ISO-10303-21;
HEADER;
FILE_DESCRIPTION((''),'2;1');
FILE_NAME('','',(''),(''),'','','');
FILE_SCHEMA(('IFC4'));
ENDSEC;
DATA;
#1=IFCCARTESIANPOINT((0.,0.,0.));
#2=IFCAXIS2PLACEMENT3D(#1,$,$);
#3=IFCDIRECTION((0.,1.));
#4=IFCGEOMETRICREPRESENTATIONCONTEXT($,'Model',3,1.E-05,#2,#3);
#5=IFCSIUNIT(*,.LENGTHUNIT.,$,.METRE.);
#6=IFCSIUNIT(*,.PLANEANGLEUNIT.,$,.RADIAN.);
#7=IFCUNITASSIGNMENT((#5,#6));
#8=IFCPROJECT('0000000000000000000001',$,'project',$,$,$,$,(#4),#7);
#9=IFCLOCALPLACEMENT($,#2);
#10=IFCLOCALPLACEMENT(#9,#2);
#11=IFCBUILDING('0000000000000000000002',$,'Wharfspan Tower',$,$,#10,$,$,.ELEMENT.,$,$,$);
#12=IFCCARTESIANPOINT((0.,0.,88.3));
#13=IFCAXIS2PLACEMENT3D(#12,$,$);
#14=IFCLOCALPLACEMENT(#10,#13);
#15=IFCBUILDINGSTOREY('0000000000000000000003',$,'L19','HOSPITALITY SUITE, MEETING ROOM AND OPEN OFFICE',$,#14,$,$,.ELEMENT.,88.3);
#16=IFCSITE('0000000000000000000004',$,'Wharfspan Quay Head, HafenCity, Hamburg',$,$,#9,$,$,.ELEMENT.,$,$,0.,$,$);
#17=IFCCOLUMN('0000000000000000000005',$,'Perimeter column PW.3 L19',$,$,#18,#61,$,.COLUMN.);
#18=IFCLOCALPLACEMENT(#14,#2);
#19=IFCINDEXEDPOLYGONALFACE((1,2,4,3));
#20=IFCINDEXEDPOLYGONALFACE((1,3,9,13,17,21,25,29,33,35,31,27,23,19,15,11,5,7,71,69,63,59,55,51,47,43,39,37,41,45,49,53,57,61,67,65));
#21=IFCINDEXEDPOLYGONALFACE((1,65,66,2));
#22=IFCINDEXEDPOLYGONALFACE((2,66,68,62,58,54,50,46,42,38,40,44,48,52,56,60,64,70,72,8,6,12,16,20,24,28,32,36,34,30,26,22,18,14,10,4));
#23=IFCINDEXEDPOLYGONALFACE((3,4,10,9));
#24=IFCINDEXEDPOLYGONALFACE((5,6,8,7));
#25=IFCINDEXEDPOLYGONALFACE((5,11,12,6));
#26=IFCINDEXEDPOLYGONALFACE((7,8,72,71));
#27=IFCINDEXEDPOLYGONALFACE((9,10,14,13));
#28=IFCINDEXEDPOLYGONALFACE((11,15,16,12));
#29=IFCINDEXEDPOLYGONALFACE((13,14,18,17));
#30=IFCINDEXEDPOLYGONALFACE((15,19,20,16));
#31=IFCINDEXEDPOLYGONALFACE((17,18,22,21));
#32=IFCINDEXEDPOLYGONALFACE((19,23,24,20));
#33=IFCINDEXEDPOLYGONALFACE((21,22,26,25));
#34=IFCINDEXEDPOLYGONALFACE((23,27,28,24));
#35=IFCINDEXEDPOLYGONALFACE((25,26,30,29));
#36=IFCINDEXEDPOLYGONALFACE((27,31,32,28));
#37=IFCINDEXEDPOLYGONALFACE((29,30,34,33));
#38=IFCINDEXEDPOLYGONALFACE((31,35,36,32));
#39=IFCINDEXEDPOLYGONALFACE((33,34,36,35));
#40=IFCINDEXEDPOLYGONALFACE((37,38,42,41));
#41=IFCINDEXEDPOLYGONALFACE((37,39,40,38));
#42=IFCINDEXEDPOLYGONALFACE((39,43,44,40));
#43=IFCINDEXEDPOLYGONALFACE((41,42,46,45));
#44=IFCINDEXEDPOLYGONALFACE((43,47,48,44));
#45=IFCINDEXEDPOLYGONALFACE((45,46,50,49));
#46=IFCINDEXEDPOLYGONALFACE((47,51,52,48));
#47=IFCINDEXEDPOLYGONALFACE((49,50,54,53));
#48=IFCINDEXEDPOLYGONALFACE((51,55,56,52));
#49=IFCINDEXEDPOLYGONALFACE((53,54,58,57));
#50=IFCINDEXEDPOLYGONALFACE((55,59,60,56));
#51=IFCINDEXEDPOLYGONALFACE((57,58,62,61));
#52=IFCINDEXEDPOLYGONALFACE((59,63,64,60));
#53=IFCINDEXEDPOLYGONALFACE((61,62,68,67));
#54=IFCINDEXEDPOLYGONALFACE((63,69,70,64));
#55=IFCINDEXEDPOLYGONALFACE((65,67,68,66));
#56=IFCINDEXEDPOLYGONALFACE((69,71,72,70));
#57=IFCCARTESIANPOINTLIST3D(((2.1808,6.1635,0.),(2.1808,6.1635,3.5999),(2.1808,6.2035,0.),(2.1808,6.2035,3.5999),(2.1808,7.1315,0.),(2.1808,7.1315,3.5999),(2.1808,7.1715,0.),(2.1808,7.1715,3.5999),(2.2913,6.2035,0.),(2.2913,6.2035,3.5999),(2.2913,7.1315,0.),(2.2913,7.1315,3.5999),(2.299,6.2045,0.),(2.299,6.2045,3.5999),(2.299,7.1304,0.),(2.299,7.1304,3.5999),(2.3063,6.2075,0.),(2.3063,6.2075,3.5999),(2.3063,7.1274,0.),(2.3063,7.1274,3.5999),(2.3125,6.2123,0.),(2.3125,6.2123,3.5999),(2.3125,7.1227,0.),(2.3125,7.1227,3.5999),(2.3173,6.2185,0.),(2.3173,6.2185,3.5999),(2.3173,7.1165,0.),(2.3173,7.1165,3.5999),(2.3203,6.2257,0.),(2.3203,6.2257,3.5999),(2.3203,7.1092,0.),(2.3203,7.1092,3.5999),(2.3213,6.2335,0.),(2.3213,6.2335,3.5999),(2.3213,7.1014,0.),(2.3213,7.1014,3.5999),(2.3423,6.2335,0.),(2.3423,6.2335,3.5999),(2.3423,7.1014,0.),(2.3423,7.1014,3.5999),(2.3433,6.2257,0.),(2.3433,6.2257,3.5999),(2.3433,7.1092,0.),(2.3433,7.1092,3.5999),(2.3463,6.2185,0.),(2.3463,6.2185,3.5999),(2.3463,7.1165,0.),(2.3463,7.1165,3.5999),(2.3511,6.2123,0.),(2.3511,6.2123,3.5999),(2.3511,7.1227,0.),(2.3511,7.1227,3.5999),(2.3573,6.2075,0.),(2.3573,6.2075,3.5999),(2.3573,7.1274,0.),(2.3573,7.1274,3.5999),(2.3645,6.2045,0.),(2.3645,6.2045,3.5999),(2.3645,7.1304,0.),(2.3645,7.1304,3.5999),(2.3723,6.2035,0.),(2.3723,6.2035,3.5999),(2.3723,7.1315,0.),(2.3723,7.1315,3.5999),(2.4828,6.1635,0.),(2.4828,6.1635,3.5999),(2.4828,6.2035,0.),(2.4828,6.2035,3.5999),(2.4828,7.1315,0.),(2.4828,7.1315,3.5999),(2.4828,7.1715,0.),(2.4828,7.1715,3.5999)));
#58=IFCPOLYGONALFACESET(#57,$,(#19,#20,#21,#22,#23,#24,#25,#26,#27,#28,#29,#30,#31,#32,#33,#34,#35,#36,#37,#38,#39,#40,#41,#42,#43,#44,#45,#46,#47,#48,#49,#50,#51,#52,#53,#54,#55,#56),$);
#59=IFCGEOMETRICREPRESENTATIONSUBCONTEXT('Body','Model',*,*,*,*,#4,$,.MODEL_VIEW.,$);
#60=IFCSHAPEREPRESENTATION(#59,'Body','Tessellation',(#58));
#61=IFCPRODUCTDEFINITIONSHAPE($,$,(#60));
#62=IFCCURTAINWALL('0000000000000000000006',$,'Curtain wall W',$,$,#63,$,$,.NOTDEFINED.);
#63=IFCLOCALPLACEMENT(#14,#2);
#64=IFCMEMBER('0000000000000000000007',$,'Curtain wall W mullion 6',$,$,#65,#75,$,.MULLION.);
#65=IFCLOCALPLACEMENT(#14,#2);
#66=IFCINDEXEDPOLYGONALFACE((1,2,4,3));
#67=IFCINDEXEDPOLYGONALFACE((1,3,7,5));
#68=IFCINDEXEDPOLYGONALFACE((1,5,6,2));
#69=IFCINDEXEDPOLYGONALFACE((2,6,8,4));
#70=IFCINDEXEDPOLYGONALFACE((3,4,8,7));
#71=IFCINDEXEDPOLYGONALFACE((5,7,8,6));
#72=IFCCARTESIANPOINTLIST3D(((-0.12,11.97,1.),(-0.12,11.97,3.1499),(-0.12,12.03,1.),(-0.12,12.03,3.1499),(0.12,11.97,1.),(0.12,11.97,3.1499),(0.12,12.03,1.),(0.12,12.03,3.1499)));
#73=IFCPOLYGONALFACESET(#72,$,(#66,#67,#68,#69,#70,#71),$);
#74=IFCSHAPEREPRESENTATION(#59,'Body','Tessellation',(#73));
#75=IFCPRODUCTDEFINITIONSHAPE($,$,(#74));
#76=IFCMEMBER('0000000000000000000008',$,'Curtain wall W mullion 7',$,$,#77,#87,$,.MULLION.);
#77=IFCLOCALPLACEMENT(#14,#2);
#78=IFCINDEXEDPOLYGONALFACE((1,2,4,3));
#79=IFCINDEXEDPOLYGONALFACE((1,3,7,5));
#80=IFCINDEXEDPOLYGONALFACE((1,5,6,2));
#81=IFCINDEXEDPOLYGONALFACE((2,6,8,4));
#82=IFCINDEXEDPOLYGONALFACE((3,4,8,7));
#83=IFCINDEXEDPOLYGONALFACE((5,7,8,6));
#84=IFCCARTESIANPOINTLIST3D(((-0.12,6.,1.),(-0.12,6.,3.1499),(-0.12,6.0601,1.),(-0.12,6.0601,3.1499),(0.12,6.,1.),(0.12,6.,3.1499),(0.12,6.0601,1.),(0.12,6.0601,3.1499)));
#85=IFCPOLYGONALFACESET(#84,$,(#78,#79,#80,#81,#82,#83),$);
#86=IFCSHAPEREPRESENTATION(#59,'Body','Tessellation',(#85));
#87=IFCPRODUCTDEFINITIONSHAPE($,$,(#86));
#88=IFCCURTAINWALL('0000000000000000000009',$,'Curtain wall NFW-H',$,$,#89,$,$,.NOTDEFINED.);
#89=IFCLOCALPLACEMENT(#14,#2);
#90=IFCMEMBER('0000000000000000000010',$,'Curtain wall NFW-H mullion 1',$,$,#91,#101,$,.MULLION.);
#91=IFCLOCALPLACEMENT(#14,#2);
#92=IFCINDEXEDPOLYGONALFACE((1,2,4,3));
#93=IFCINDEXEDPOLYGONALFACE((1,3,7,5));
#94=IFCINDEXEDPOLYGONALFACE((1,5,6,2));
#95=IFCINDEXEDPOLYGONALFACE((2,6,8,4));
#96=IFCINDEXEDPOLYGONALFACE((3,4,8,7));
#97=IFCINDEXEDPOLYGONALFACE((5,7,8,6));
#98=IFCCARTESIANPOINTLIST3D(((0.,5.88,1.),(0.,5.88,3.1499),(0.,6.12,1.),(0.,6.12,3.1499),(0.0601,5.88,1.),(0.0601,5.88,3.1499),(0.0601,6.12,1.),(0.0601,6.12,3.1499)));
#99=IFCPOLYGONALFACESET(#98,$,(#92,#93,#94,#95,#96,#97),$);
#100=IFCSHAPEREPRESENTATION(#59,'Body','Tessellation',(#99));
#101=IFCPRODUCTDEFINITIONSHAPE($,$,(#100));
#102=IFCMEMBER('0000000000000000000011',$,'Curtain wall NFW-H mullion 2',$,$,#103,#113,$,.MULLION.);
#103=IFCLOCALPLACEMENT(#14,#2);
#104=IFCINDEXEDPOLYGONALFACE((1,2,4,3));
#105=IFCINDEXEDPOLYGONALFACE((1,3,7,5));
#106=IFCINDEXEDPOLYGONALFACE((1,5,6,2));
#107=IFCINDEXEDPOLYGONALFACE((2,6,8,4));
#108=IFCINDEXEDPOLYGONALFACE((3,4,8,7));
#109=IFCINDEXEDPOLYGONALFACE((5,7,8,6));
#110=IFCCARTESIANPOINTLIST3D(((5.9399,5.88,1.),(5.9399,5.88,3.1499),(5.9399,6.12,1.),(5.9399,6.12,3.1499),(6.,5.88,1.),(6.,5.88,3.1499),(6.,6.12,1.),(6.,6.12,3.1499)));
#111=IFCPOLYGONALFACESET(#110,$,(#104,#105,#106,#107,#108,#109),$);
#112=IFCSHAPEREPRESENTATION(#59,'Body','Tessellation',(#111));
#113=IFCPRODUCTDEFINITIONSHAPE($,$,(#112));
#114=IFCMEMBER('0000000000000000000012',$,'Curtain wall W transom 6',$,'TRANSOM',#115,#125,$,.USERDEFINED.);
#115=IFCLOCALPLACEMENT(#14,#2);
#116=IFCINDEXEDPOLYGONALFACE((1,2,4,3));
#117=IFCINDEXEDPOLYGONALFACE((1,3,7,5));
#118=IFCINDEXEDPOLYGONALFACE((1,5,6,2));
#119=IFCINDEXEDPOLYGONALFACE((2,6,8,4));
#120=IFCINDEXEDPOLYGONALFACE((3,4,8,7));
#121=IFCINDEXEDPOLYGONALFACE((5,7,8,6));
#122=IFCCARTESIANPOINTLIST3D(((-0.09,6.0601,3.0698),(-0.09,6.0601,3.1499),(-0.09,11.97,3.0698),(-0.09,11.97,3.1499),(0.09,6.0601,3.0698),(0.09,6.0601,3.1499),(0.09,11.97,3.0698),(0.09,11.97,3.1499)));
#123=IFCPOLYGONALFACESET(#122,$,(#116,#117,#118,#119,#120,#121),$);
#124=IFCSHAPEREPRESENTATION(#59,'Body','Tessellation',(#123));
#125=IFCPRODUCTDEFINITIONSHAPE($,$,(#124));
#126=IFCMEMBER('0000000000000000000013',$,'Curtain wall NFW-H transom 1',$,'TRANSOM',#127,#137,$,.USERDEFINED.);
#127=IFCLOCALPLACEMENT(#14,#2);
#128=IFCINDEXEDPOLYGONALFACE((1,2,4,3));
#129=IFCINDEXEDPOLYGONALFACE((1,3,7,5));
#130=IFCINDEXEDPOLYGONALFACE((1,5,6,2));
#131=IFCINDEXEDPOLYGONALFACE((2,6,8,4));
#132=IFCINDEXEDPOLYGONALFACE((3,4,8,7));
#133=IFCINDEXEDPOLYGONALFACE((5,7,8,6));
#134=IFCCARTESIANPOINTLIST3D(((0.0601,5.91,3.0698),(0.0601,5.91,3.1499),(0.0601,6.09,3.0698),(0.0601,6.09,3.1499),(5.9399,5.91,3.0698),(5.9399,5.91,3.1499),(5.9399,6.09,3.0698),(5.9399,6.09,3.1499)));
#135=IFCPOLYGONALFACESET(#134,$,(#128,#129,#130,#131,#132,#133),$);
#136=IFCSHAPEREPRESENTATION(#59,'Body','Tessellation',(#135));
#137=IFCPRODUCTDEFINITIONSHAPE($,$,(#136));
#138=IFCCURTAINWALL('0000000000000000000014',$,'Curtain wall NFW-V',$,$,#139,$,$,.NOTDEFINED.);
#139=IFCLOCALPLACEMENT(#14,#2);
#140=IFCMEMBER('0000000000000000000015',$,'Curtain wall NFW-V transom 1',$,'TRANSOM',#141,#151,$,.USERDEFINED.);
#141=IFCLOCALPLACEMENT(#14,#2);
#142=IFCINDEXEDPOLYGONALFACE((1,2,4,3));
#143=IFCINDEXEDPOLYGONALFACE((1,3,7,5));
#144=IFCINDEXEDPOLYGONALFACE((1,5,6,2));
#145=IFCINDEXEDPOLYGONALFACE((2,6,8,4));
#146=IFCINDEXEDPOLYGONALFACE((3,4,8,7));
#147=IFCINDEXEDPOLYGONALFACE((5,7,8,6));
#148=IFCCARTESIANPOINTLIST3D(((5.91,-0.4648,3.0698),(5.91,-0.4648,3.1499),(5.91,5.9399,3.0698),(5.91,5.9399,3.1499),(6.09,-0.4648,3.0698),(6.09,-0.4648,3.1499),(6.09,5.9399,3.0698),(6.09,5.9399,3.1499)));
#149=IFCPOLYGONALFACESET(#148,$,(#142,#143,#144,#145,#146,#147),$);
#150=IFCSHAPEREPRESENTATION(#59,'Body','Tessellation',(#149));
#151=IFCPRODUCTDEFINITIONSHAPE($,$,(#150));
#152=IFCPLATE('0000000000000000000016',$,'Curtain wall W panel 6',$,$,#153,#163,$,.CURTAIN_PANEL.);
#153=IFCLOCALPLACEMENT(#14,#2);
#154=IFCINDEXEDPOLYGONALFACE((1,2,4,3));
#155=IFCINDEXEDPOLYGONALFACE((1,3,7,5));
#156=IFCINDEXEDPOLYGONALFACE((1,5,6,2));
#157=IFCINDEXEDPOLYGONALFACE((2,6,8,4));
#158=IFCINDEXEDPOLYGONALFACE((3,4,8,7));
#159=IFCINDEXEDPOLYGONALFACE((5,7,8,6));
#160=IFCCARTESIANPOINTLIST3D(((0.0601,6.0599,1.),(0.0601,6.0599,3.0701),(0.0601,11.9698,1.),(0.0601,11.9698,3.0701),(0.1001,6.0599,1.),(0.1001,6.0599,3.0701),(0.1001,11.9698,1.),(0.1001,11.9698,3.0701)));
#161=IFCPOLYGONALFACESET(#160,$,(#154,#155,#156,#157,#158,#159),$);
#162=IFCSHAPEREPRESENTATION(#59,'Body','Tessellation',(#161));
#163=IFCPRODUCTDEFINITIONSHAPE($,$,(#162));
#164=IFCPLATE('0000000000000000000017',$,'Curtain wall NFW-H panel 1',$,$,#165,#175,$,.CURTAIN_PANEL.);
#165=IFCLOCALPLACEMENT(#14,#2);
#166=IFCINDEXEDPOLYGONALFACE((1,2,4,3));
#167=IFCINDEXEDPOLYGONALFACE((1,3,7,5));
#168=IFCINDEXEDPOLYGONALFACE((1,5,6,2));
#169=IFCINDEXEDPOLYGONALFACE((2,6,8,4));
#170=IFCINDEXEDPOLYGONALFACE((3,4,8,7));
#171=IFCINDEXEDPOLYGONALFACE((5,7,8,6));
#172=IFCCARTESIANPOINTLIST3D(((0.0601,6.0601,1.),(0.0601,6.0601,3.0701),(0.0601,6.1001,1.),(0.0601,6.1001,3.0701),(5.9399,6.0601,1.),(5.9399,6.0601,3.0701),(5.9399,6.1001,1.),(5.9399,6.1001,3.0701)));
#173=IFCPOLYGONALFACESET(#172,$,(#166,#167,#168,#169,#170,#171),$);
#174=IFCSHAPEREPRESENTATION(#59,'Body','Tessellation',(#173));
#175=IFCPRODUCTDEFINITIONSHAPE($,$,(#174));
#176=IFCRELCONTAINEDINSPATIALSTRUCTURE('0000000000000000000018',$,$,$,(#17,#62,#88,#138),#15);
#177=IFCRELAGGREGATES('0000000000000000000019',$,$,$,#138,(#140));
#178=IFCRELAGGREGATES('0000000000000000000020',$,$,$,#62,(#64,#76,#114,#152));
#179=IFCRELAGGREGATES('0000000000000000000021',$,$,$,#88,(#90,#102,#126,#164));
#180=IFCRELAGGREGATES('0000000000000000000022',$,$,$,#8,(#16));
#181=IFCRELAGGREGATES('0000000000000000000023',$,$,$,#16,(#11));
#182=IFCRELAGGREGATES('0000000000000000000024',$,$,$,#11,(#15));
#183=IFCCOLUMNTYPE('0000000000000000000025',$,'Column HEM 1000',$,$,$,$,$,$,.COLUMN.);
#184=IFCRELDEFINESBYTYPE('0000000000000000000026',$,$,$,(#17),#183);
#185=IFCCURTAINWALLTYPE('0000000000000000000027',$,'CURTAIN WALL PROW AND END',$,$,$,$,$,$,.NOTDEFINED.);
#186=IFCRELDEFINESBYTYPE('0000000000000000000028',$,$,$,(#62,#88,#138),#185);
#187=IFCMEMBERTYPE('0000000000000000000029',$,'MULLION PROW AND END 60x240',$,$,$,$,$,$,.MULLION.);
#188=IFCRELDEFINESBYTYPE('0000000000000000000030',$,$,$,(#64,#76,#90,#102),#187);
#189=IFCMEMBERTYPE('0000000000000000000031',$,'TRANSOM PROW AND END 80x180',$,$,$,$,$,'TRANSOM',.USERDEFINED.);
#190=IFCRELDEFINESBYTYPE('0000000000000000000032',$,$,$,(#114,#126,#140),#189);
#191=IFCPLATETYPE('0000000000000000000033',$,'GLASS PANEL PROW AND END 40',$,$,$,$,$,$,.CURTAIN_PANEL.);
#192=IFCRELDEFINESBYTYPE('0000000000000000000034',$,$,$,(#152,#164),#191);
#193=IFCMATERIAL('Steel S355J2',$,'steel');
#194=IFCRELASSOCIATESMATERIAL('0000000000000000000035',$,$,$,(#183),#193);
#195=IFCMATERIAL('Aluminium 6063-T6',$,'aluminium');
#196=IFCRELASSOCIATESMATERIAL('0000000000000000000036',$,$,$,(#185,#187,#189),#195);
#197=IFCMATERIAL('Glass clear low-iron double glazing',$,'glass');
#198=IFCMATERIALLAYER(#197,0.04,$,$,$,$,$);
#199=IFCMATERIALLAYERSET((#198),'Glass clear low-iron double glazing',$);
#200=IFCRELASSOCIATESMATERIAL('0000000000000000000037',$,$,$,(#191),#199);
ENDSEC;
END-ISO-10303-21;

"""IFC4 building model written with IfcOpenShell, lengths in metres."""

from ifc_helpers import new_model, si_unit, direction, frame, origin, origin_2d, place, context, subcontext, project, spatial, rectangle, i_section, extrude, material, layer, layer_set, material_profile, profile_set, type_object, element, aggregate, save


model = new_model("IFC4")

# Units and contexts
model_context = context("Model", 3, precision=1e-05, world=origin(), true_north=direction((0.0, 1.0)))
body_context = subcontext(model_context, "Body", "Model", "MODEL_VIEW")
ifc_project = project(units=[si_unit("LENGTHUNIT", "METRE"), si_unit("PLANEANGLEUNIT", "RADIAN")], contexts=[model_context])

# Site, building, storey
site_placement = place(None, origin())
site = spatial("IfcSite", under=ifc_project, at=site_placement, Name="Wharfspan Quay Head, HafenCity, Hamburg", CompositionType="ELEMENT", RefElevation=0.0)
building_placement = place(site_placement, origin())
building = spatial("IfcBuilding", under=site, at=building_placement, Name="Wharfspan Tower", CompositionType="ELEMENT")
storey_placement = place(building_placement, frame((0.0, 0.0, 88.3)))
storey = spatial("IfcBuildingStorey", under=building, at=storey_placement, Name="L19", Description="HOSPITALITY SUITE, MEETING ROOM AND OPEN OFFICE", CompositionType="ELEMENT", Elevation=88.3)

# Column
ifc_material_1 = material(Name="Steel S355J2", Category="steel")
ifc_material_profile_1 = material_profile(ifc_material_1, i_section(OverallWidth=0.302, OverallDepth=1.0081, WebThickness=0.021, FlangeThickness=0.04, FilletRadius=0.03, at=origin_2d()))
ifc_profile_set_1 = profile_set([ifc_material_profile_1], Name="Steel S355J2")
column_type = type_object("IfcColumnType", Name="Column HEM 1000", PredefinedType="COLUMN", material=ifc_profile_set_1)
column_placement = place(storey_placement, frame((2.3318, 6.6675, 0.0), z_axis=(0.0, 0.0, 1.0), x_axis=(-1.0, 0.0, 0.0)))
element("IfcColumn", 1, at=column_placement, inside=storey, type_object=column_type, Name="Perimeter column PW.3 L19", PredefinedType="COLUMN", context=body_context, shape_type="SweptSolid", body=[
    extrude(i_section(OverallWidth=0.302, OverallDepth=1.0081, WebThickness=0.021, FlangeThickness=0.04, FilletRadius=0.03, at=origin_2d()), origin(), (0.0, 0.0, 1.0), 3.5999),
])

# Curtain walls, members
ifc_material_2 = material(Name="Aluminium 6063-T6", Category="aluminium")
curtain_wall_type = type_object("IfcCurtainWallType", Name="CURTAIN WALL PROW AND END", PredefinedType="NOTDEFINED", material=ifc_material_2)
curtain_wall_1_placement = place(storey_placement, origin())
curtain_wall_1 = element("IfcCurtainWall", 2, at=curtain_wall_1_placement, inside=storey, type_object=curtain_wall_type, Name="Curtain wall W", PredefinedType="NOTDEFINED")
ifc_material_profile_2 = material_profile(ifc_material_2, rectangle(XDim=0.24, YDim=0.0601, at=origin_2d()))
ifc_profile_set_2 = profile_set([ifc_material_profile_2], Name="Aluminium 6063-T6")
member_type_1 = type_object("IfcMemberType", Name="MULLION PROW AND END 60x240", PredefinedType="MULLION", material=ifc_profile_set_2)
member_1_placement = place(storey_placement, frame((0.0, 12.0, 1.0), z_axis=(0.0, 0.0, 1.0), x_axis=(1.0, 0.0, 0.0)))
member_1 = element("IfcMember", 3, at=member_1_placement, type_object=member_type_1, Name="Curtain wall W mullion 6", PredefinedType="MULLION", context=body_context, shape_type="SweptSolid", body=[
    extrude(rectangle(XDim=0.24, YDim=0.0601, at=origin_2d()), origin(), (0.0, 0.0, 1.0), 2.1499),
])
member_2_placement = place(storey_placement, frame((0.0, 6.03, 1.0), z_axis=(0.0, 0.0, 1.0), x_axis=(1.0, 0.0, 0.0)))
member_2 = element("IfcMember", 4, at=member_2_placement, type_object=member_type_1, Name="Curtain wall W mullion 7", PredefinedType="MULLION", context=body_context, shape_type="SweptSolid", body=[
    extrude(rectangle(XDim=0.24, YDim=0.0601, at=origin_2d()), origin(), (0.0, 0.0, 1.0), 2.1499),
])
curtain_wall_2_placement = place(storey_placement, origin())
curtain_wall_2 = element("IfcCurtainWall", 5, at=curtain_wall_2_placement, inside=storey, type_object=curtain_wall_type, Name="Curtain wall NFW-H", PredefinedType="NOTDEFINED")
member_3_placement = place(storey_placement, frame((0.03, 6.0, 1.0), z_axis=(0.0, 0.0, 1.0), x_axis=(0.0, 1.0, 0.0)))
member_3 = element("IfcMember", 6, at=member_3_placement, type_object=member_type_1, Name="Curtain wall NFW-H mullion 1", PredefinedType="MULLION", context=body_context, shape_type="SweptSolid", body=[
    extrude(rectangle(XDim=0.24, YDim=0.0601, at=origin_2d()), origin(), (0.0, 0.0, 1.0), 2.1499),
])
member_4_placement = place(storey_placement, frame((5.97, 6.0, 1.0), z_axis=(0.0, 0.0, 1.0), x_axis=(0.0, 1.0, 0.0)))
member_4 = element("IfcMember", 7, at=member_4_placement, type_object=member_type_1, Name="Curtain wall NFW-H mullion 2", PredefinedType="MULLION", context=body_context, shape_type="SweptSolid", body=[
    extrude(rectangle(XDim=0.24, YDim=0.0601, at=origin_2d()), origin(), (0.0, 0.0, 1.0), 2.1499),
])

# Members
ifc_material_profile_3 = material_profile(ifc_material_2, rectangle(XDim=0.1799, YDim=0.0801, at=origin_2d()))
ifc_profile_set_3 = profile_set([ifc_material_profile_3], Name="Aluminium 6063-T6")
member_type_2 = type_object("IfcMemberType", Name="TRANSOM PROW AND END 80x180", ElementType="TRANSOM", PredefinedType="USERDEFINED", material=ifc_profile_set_3)
member_5_placement = place(storey_placement, frame((0.0, 11.97, 3.1099), z_axis=(0.0, -1.0, 0.0), x_axis=(1.0, 0.0, 0.0)))
member_5 = element("IfcMember", 8, at=member_5_placement, type_object=member_type_2, Name="Curtain wall W transom 6", ObjectType="TRANSOM", PredefinedType="USERDEFINED", context=body_context, shape_type="SweptSolid", body=[
    extrude(rectangle(XDim=0.1799, YDim=0.0801, at=origin_2d()), origin(), (0.0, 0.0, 1.0), 5.9099),
])
member_6_placement = place(storey_placement, frame((0.0601, 6.0, 3.1099), z_axis=(1.0, 0.0, 0.0), x_axis=(0.0, 1.0, 0.0)))
member_6 = element("IfcMember", 9, at=member_6_placement, type_object=member_type_2, Name="Curtain wall NFW-H transom 1", ObjectType="TRANSOM", PredefinedType="USERDEFINED", context=body_context, shape_type="SweptSolid", body=[
    extrude(rectangle(XDim=0.1799, YDim=0.0801, at=origin_2d()), origin(), (0.0, 0.0, 1.0), 5.8799),
])

# Curtain wall, member
curtain_wall_3_placement = place(storey_placement, origin())
curtain_wall_3 = element("IfcCurtainWall", 10, at=curtain_wall_3_placement, inside=storey, type_object=curtain_wall_type, Name="Curtain wall NFW-V", PredefinedType="NOTDEFINED")
member_7_placement = place(storey_placement, frame((6.0, 5.9399, 3.1099), z_axis=(0.0, -1.0, 0.0), x_axis=(1.0, 0.0, 0.0)))
member_7 = element("IfcMember", 11, at=member_7_placement, type_object=member_type_2, Name="Curtain wall NFW-V transom 1", ObjectType="TRANSOM", PredefinedType="USERDEFINED", context=body_context, shape_type="SweptSolid", body=[
    extrude(rectangle(XDim=0.1799, YDim=0.0801, at=origin_2d()), origin(), (0.0, 0.0, 1.0), 6.4048),
])
aggregate(curtain_wall_3, [member_7])

# Plates
ifc_material_3 = material(Name="Glass clear low-iron double glazing", Category="glass")
ifc_layer_1 = layer(ifc_material_3, 0.04)
ifc_layer_set_1 = layer_set([ifc_layer_1], Name="Glass clear low-iron double glazing")
plate_type = type_object("IfcPlateType", Name="GLASS PANEL PROW AND END 40", PredefinedType="CURTAIN_PANEL", material=ifc_layer_set_1)
plate_1_placement = place(storey_placement, frame((0.0801, 9.0149, 1.0), z_axis=(0.0, 0.0, 1.0), x_axis=(0.0, -1.0, 0.0)))
plate_1 = element("IfcPlate", 12, at=plate_1_placement, type_object=plate_type, Name="Curtain wall W panel 6", PredefinedType="CURTAIN_PANEL", context=body_context, shape_type="SweptSolid", body=[
    extrude(rectangle(XDim=5.9099, YDim=0.04, at=origin_2d()), origin(), (0.0, 0.0, 1.0), 2.0701),
])
aggregate(curtain_wall_1, [member_1, member_2, member_5, plate_1])
plate_2_placement = place(storey_placement, frame((3.0, 6.0801, 1.0), z_axis=(0.0, 0.0, 1.0), x_axis=(1.0, 0.0, 0.0)))
plate_2 = element("IfcPlate", 13, at=plate_2_placement, type_object=plate_type, Name="Curtain wall NFW-H panel 1", PredefinedType="CURTAIN_PANEL", context=body_context, shape_type="SweptSolid", body=[
    extrude(rectangle(XDim=5.8799, YDim=0.04, at=origin_2d()), origin(), (0.0, 0.0, 1.0), 2.0701),
])
aggregate(curtain_wall_2, [member_3, member_4, member_6, plate_2])

save(model, "model.ifc")
